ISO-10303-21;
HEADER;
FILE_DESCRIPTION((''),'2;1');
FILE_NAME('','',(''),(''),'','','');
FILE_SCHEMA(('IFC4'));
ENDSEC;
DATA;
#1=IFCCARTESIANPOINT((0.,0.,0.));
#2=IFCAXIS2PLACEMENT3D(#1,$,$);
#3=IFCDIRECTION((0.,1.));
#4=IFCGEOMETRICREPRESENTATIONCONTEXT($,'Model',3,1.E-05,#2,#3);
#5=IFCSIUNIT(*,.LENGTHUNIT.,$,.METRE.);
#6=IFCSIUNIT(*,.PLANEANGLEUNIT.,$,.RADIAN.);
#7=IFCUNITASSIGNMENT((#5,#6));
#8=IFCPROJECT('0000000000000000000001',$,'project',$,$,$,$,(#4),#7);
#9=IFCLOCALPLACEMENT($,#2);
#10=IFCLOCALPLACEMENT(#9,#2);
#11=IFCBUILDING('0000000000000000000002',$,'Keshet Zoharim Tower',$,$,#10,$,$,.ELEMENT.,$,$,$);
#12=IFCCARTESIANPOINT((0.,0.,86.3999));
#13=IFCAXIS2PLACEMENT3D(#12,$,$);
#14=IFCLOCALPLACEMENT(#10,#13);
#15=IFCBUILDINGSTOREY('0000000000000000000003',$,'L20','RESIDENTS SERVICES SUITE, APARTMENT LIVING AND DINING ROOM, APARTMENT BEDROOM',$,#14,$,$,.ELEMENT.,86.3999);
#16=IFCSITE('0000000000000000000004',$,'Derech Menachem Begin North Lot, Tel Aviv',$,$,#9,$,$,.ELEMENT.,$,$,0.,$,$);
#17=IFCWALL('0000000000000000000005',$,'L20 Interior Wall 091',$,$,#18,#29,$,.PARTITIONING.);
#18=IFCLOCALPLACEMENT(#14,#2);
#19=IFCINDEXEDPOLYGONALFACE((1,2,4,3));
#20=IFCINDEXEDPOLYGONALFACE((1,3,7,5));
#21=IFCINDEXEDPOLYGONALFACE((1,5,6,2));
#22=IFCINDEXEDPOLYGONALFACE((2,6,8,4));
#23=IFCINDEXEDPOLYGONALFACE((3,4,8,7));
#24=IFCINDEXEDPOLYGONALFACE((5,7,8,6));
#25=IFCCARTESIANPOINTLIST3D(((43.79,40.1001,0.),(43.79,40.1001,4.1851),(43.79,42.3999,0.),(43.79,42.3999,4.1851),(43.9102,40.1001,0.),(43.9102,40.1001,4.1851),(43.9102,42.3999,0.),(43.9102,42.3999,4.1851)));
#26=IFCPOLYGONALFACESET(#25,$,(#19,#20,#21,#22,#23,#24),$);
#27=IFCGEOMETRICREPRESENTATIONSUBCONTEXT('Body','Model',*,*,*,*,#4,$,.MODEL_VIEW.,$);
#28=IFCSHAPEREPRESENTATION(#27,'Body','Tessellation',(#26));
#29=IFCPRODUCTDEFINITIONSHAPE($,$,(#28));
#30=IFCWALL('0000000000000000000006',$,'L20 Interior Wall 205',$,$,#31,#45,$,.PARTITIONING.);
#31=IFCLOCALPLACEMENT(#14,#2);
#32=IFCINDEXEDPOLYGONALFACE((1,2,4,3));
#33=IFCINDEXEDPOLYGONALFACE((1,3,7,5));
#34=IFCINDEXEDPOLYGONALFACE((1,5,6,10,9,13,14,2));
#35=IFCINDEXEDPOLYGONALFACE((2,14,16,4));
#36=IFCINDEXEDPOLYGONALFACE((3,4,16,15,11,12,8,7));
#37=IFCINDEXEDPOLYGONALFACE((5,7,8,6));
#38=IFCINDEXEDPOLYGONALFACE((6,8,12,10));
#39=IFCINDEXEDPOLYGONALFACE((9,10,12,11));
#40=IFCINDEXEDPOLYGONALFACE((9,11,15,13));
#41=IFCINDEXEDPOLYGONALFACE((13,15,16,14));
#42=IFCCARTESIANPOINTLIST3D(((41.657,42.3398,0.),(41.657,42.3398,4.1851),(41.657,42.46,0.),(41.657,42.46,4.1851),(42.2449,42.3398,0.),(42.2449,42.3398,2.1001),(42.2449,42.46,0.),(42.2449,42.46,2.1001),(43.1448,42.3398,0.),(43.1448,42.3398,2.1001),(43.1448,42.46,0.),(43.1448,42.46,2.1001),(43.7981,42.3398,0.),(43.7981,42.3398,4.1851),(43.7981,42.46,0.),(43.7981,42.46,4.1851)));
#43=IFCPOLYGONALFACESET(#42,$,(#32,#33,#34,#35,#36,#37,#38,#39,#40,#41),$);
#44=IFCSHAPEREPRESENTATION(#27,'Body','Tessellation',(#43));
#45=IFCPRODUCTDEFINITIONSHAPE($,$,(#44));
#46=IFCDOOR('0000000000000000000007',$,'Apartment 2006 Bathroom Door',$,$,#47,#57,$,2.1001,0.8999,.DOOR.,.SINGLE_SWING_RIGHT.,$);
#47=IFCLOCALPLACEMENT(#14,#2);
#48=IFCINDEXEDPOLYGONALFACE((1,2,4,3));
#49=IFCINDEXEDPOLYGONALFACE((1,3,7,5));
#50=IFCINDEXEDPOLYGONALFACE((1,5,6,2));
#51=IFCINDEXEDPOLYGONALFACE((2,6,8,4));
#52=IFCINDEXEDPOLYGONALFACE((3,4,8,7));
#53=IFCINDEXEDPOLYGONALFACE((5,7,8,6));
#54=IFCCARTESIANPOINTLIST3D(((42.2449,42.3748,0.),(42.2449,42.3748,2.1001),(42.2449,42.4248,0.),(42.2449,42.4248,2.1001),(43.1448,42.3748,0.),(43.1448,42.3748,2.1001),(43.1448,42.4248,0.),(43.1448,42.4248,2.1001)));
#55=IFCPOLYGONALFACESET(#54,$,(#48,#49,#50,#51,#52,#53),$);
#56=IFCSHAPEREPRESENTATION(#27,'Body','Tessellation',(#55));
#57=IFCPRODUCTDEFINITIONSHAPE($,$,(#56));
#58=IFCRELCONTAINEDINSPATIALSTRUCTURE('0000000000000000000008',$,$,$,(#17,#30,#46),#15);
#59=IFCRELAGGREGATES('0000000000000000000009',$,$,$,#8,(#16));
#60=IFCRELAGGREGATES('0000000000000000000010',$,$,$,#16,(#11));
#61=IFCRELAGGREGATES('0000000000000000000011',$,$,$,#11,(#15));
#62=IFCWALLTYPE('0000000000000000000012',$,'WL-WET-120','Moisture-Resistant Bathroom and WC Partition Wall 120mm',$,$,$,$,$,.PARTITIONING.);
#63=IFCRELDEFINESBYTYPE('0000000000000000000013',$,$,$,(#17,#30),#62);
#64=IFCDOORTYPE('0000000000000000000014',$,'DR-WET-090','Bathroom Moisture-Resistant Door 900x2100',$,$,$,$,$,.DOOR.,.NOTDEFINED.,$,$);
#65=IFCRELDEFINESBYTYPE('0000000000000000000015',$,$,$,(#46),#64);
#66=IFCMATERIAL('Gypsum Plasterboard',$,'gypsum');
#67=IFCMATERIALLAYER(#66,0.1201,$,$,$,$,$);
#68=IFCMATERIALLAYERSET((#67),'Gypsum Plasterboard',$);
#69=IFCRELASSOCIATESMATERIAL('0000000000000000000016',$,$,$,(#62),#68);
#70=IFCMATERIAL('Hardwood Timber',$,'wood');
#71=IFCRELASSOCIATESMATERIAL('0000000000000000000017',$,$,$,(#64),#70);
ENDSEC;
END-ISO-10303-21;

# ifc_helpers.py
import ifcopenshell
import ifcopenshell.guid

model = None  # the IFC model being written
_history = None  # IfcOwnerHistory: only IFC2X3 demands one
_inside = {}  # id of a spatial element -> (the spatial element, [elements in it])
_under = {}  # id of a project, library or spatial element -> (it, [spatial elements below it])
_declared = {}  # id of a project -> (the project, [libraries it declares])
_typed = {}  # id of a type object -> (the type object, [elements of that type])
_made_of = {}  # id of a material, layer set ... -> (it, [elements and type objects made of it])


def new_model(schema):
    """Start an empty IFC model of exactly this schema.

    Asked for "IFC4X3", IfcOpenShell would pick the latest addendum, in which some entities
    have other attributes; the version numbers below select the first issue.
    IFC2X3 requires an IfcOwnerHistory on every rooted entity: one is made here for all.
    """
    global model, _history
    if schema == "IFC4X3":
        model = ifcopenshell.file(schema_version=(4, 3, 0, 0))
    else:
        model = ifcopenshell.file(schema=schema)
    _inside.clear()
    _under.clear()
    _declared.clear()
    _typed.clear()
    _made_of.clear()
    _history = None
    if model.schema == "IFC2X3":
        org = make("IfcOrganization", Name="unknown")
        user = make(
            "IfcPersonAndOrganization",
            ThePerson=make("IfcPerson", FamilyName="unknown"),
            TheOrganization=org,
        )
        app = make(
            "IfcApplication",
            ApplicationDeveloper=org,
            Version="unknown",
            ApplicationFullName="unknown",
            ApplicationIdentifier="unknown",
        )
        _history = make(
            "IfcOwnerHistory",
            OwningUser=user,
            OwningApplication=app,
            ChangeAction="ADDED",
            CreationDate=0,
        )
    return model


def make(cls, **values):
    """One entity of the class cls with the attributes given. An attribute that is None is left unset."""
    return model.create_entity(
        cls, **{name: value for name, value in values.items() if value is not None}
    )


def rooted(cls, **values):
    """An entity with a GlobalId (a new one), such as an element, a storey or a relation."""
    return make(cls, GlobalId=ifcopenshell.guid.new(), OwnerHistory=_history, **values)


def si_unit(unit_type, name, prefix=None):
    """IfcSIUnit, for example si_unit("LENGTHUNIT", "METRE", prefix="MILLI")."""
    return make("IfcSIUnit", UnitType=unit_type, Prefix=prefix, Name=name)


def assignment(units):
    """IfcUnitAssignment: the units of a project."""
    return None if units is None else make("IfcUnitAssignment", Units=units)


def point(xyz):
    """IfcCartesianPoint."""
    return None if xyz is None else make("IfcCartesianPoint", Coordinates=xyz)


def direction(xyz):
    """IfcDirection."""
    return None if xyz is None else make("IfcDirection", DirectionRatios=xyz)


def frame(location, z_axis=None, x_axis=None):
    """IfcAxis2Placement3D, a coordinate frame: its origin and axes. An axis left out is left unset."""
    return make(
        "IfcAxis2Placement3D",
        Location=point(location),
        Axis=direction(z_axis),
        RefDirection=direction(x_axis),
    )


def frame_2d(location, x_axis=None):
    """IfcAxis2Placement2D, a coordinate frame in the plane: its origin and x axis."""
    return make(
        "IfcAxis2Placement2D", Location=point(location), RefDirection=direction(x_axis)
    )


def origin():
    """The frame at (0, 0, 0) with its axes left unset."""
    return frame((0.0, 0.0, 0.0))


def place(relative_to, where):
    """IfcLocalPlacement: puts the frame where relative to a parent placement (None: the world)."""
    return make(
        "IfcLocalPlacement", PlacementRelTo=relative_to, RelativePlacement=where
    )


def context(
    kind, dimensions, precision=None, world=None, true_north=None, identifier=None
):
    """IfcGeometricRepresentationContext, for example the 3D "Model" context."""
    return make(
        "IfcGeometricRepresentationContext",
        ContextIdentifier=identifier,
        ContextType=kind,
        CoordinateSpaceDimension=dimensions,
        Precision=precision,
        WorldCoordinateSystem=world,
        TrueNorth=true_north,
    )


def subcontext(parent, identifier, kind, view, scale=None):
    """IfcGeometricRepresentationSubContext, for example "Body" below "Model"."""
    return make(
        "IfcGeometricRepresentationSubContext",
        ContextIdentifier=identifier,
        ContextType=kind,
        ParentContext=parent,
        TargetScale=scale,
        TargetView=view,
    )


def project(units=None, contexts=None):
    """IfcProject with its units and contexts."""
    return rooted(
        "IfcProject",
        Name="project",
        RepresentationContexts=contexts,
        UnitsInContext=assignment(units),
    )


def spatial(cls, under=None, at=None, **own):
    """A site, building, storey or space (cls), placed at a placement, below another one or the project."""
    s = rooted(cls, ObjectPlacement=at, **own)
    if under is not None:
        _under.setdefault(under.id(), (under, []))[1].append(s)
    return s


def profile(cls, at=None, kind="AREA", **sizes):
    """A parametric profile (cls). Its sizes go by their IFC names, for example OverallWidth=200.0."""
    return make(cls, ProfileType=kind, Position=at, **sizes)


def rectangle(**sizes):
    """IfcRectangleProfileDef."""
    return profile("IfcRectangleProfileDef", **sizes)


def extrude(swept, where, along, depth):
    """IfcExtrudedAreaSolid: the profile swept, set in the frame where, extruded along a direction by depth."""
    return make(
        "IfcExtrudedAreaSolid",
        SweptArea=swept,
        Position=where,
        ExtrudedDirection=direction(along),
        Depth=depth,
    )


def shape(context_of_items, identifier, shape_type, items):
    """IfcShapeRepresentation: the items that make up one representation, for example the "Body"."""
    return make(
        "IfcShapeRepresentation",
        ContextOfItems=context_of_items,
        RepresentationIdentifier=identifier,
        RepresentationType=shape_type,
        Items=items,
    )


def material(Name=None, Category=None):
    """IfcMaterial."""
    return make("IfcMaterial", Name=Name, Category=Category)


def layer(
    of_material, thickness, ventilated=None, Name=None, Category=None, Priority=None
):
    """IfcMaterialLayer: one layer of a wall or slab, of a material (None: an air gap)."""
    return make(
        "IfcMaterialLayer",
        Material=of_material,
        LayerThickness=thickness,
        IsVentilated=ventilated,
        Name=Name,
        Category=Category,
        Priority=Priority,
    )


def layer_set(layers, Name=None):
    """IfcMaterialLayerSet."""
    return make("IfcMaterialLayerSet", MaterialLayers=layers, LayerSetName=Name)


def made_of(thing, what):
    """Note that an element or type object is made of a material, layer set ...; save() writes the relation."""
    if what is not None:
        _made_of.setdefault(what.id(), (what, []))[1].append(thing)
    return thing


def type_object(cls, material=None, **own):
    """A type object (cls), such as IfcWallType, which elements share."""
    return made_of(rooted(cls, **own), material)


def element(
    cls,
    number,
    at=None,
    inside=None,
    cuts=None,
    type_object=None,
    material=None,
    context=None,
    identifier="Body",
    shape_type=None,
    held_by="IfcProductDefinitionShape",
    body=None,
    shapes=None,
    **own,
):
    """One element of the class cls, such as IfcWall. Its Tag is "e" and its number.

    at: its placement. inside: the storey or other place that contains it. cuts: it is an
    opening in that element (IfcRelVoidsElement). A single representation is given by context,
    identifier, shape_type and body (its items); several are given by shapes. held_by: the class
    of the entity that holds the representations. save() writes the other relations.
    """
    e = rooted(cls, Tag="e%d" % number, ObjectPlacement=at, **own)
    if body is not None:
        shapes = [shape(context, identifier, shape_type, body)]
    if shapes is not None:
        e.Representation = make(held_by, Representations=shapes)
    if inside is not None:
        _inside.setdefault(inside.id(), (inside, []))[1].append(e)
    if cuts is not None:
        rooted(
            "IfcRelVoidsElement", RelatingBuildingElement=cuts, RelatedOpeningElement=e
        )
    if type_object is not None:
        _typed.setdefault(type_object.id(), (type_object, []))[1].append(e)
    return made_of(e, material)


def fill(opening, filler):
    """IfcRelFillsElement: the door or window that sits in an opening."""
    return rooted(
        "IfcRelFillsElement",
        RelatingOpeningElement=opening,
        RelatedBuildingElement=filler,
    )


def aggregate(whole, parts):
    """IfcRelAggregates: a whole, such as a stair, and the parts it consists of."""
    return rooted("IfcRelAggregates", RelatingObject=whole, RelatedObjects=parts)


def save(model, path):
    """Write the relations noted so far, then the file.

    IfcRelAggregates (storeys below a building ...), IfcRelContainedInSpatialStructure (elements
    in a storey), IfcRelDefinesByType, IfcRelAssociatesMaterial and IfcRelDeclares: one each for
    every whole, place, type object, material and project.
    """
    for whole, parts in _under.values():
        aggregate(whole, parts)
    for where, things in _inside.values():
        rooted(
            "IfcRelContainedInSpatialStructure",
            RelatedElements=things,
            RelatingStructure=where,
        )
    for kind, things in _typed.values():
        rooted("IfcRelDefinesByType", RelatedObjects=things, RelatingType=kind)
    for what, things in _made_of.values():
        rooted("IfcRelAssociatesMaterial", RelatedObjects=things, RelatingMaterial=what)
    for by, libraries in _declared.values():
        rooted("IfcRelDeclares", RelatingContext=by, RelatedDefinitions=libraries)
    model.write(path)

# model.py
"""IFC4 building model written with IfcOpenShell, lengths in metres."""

from ifc_helpers import new_model, si_unit, direction, frame, frame_2d, origin, place, context, subcontext, project, spatial, rectangle, extrude, material, layer, layer_set, type_object, element, fill, save


model = new_model("IFC4")

# Units and contexts
model_context = context("Model", 3, precision=1e-05, world=origin(), true_north=direction((0.0, 1.0)))
body_context = subcontext(model_context, "Body", "Model", "MODEL_VIEW")
ifc_project = project(units=[si_unit("LENGTHUNIT", "METRE"), si_unit("PLANEANGLEUNIT", "RADIAN")], contexts=[model_context])

# Site, building, storey
site_placement = place(None, origin())
site = spatial("IfcSite", under=ifc_project, at=site_placement, Name="Derech Menachem Begin North Lot, Tel Aviv", CompositionType="ELEMENT", RefElevation=0.0)
building_placement = place(site_placement, origin())
building = spatial("IfcBuilding", under=site, at=building_placement, Name="Keshet Zoharim Tower", CompositionType="ELEMENT")
storey_placement = place(building_placement, frame((0.0, 0.0, 86.3999)))
storey = spatial("IfcBuildingStorey", under=building, at=storey_placement, Name="L20", Description="RESIDENTS SERVICES SUITE, APARTMENT LIVING AND DINING ROOM, APARTMENT BEDROOM", CompositionType="ELEMENT", Elevation=86.3999)

# Shared definitions
ifc_material_1 = material(Name="Gypsum Plasterboard", Category="gypsum")

# Shared definitions
ifc_material_2 = material(Name="Hardwood Timber", Category="wood")

# Wall
ifc_layer_1 = layer(ifc_material_1, 0.1201)
ifc_layer_set_1 = layer_set([ifc_layer_1], Name="Gypsum Plasterboard")
wall_type_1 = type_object("IfcWallType", Name="WL-WET-120", Description="Moisture-Resistant Bathroom and WC Partition Wall 120mm", PredefinedType="PARTITIONING", material=ifc_layer_set_1)
wall_1_placement = place(storey_placement, frame((43.8501, 40.1001, 0.0), z_axis=(0.0, 0.0, 1.0), x_axis=(0.0, 1.0, 0.0)))
element("IfcWall", 1, at=wall_1_placement, inside=storey, type_object=wall_type_1, Name="L20 Interior Wall 091", PredefinedType="PARTITIONING", context=body_context, shape_type="SweptSolid", body=[
    extrude(rectangle(XDim=2.2998, YDim=0.1201, at=frame_2d((1.1499, 0.0))), origin(), (0.0, 0.0, 1.0), 4.1851),
])

# Wall, opening, door
wall_2_placement = place(storey_placement, frame((41.657, 42.3999, 0.0), z_axis=(0.0, 0.0, 1.0), x_axis=(1.0, 0.0, 0.0)))
wall_2 = element("IfcWall", 2, at=wall_2_placement, inside=storey, type_object=wall_type_1, Name="L20 Interior Wall 205", PredefinedType="PARTITIONING", context=body_context, shape_type="SweptSolid", body=[
    extrude(rectangle(XDim=2.1411, YDim=0.1201, at=frame_2d((1.0706, 0.0))), origin(), (0.0, 0.0, 1.0), 4.1851),
])
opening_1_placement = place(wall_2_placement, frame((0.5879, 0.0, 0.0)))
opening_1 = element("IfcOpeningElement", 3, at=opening_1_placement, cuts=wall_2, PredefinedType="OPENING", context=body_context, shape_type="SweptSolid", body=[
    extrude(rectangle(XDim=0.8999, YDim=2.1001, at=frame_2d((0.45, 1.05))), frame((0.0, 0.0701, 0.0), z_axis=(0.0, -1.0, 0.0), x_axis=(1.0, 0.0, 0.0)), (0.0, 0.0, 1.0), 0.1401),
])
door_type_1 = type_object("IfcDoorType", Name="DR-WET-090", Description="Bathroom Moisture-Resistant Door 900x2100", OperationType="NOTDEFINED", PredefinedType="DOOR", material=ifc_material_2)
door_1_placement = place(opening_1_placement, origin())
door_1 = element("IfcDoor", 4, at=door_1_placement, inside=storey, type_object=door_type_1, Name="Apartment 2006 Bathroom Door", OperationType="SINGLE_SWING_RIGHT", OverallHeight=2.1001, OverallWidth=0.8999, PredefinedType="DOOR", context=body_context, shape_type="SweptSolid", body=[
    extrude(rectangle(XDim=0.8999, YDim=2.1001, at=frame_2d((0.45, 1.05))), frame((0.0, 0.0249, 0.0), z_axis=(0.0, -1.0, 0.0), x_axis=(1.0, 0.0, 0.0)), (0.0, 0.0, 1.0), 0.05),
])
fill(opening_1, door_1)

save(model, "model.ifc")
